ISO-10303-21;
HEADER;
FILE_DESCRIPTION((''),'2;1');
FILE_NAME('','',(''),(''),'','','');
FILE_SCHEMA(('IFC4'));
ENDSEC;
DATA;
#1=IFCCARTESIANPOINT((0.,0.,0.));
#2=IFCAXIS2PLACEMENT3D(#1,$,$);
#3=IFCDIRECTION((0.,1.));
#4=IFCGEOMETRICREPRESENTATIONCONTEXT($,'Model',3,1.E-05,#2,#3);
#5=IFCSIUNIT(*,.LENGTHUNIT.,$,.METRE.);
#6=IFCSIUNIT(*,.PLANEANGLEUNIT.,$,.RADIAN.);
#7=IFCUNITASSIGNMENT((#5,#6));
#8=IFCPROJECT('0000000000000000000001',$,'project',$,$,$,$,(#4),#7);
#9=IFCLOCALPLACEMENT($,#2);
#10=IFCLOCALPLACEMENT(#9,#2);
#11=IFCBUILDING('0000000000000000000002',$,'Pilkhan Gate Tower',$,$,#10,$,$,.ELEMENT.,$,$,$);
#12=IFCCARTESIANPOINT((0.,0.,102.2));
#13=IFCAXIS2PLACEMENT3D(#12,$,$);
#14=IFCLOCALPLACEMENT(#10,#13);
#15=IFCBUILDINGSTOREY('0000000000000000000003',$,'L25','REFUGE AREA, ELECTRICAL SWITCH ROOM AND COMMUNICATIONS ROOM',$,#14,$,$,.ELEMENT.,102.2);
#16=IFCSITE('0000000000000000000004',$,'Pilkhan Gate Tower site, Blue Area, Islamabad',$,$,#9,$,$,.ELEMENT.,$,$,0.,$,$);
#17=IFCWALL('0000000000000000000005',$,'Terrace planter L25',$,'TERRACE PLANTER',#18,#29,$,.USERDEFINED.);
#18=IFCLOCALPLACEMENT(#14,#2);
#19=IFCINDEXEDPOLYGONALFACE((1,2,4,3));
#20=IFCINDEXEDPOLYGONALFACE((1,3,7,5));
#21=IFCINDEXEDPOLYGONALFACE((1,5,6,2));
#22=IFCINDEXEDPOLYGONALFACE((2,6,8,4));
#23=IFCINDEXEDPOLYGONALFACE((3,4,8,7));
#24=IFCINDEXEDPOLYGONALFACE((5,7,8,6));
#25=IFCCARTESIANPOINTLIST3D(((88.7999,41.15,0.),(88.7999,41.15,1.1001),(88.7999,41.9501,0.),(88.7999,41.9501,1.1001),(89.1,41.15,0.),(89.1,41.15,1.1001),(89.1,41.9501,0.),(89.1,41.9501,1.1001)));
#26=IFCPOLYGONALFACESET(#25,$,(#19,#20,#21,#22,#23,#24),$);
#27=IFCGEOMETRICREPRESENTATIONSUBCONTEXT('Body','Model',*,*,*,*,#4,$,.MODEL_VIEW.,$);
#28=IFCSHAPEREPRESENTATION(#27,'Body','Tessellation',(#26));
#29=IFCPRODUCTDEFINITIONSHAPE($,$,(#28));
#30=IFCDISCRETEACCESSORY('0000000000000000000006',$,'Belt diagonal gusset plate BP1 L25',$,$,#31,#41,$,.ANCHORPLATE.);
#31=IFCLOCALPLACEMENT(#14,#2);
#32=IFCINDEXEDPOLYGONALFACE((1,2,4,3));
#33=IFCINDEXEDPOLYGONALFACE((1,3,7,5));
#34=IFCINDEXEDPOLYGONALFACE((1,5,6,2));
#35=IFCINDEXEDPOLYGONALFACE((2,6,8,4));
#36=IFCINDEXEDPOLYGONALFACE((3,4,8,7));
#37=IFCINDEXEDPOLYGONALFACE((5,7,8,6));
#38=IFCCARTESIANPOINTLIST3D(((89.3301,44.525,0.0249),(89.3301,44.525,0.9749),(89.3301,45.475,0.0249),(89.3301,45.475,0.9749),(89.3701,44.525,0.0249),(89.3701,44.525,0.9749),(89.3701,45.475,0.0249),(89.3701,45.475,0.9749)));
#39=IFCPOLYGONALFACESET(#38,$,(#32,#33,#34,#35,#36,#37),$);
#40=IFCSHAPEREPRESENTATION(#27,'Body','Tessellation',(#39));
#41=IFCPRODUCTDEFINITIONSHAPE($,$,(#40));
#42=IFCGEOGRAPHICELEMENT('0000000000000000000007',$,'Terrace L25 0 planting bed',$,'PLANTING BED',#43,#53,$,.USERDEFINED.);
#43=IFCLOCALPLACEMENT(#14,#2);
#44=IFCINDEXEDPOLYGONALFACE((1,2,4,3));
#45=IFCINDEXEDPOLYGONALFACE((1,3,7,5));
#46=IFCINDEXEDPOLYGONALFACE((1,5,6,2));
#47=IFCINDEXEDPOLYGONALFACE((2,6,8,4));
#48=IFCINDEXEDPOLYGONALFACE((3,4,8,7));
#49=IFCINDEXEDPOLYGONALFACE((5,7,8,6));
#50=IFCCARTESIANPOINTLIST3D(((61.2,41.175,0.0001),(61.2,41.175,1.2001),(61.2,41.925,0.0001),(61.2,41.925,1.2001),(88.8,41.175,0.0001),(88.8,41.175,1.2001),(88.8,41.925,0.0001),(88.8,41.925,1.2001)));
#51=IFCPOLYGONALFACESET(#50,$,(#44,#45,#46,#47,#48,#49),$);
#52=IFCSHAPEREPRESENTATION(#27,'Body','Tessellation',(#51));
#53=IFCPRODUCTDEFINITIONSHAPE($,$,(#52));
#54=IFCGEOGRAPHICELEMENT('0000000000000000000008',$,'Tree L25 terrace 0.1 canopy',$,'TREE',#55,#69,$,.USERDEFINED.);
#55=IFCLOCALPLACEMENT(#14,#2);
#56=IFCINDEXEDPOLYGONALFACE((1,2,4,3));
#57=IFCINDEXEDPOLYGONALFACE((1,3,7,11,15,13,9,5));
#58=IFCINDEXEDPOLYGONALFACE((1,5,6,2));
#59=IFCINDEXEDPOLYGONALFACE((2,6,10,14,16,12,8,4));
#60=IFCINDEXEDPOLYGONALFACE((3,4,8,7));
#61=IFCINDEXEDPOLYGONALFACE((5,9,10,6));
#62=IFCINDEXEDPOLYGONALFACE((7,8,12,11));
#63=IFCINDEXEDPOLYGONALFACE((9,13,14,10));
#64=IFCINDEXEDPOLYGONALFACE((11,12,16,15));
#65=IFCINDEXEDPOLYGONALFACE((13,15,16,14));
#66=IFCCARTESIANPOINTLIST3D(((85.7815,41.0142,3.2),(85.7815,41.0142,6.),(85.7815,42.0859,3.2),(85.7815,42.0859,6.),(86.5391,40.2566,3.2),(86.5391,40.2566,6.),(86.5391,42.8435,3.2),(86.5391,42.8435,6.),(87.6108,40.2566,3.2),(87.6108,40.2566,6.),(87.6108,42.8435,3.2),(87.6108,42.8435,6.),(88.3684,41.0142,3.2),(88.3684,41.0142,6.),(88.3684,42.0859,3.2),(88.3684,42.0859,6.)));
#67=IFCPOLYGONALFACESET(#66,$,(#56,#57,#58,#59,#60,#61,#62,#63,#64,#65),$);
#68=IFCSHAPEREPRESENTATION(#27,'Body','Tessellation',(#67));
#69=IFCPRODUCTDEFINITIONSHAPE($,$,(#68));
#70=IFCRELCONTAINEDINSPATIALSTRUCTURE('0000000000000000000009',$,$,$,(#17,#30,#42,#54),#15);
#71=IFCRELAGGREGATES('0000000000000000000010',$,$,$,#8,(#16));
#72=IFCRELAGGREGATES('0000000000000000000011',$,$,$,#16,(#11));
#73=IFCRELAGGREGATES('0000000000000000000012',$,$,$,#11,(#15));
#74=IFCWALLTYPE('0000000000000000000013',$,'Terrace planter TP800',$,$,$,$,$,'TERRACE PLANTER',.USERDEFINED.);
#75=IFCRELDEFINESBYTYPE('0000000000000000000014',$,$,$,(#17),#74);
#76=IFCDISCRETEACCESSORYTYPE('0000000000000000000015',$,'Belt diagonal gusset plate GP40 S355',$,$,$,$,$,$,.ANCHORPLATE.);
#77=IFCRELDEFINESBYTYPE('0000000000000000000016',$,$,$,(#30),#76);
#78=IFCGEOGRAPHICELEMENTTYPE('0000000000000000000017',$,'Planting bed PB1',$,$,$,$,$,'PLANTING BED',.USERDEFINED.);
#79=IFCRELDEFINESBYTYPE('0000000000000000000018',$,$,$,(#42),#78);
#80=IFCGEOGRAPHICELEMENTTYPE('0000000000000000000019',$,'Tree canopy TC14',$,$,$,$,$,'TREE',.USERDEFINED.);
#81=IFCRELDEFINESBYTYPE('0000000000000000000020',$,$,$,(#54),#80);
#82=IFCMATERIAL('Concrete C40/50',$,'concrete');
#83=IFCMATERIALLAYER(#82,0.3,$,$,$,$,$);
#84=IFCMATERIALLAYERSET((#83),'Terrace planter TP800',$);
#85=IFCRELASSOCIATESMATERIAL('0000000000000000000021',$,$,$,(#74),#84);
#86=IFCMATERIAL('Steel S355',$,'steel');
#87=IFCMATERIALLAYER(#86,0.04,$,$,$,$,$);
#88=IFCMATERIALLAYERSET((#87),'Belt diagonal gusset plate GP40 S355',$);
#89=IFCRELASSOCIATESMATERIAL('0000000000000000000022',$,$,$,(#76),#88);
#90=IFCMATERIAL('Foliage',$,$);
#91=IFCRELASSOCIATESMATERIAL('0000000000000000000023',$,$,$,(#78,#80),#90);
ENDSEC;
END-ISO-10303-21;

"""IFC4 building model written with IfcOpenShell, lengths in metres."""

from ifc_helpers import new_model, si_unit, direction, frame, frame_2d, origin, origin_2d, place, context, subcontext, project, spatial, polyline, rectangle, outline, extrude, material, layer, layer_set, material_profile, profile_set, type_object, element, save


model = new_model("IFC4")

# Units and contexts
model_context = context("Model", 3, precision=1e-05, world=origin(), true_north=direction((0.0, 1.0)))
body_context = subcontext(model_context, "Body", "Model", "MODEL_VIEW")
ifc_project = project(units=[si_unit("LENGTHUNIT", "METRE"), si_unit("PLANEANGLEUNIT", "RADIAN")], contexts=[model_context])

# Site, building, storey
site_placement = place(None, origin())
site = spatial("IfcSite", under=ifc_project, at=site_placement, Name="Pilkhan Gate Tower site, Blue Area, Islamabad", CompositionType="ELEMENT", RefElevation=0.0)
building_placement = place(site_placement, origin())
building = spatial("IfcBuilding", under=site, at=building_placement, Name="Pilkhan Gate Tower", CompositionType="ELEMENT")
storey_placement = place(building_placement, frame((0.0, 0.0, 102.2)))
storey = spatial("IfcBuildingStorey", under=building, at=storey_placement, Name="L25", Description="REFUGE AREA, ELECTRICAL SWITCH ROOM AND COMMUNICATIONS ROOM", CompositionType="ELEMENT", Elevation=102.2)

# Wall
ifc_material_1 = material(Name="Concrete C40/50", Category="concrete")
ifc_layer_1 = layer(ifc_material_1, 0.3)
ifc_layer_set_1 = layer_set([ifc_layer_1], Name="Terrace planter TP800")
wall_type_1 = type_object("IfcWallType", Name="Terrace planter TP800", ElementType="TERRACE PLANTER", PredefinedType="USERDEFINED", material=ifc_layer_set_1)
wall_1_placement = place(storey_placement, frame((88.95, 41.95, 0.0), z_axis=(0.0, 0.0, 1.0), x_axis=(0.0, -1.0, 0.0)))
element("IfcWall", 1, at=wall_1_placement, inside=storey, type_object=wall_type_1, Name="Terrace planter L25", ObjectType="TERRACE PLANTER", PredefinedType="USERDEFINED", context=body_context, shape_type="SweptSolid", body=[
    extrude(rectangle(XDim=0.8, YDim=0.3, at=frame_2d((0.3999, 0.0))), origin(), (0.0, 0.0, 1.0), 1.1001),
])

# Discrete accessory
ifc_material_2 = material(Name="Steel S355", Category="steel")
ifc_layer_2 = layer(ifc_material_2, 0.04)
ifc_layer_set_2 = layer_set([ifc_layer_2], Name="Belt diagonal gusset plate GP40 S355")
discrete_accessory_type = type_object("IfcDiscreteAccessoryType", Name="Belt diagonal gusset plate GP40 S355", PredefinedType="ANCHORPLATE", material=ifc_layer_set_2)
discrete_accessory_placement = place(storey_placement, frame((89.3501, 45.0, 0.0249), z_axis=(0.0, 0.0, 1.0), x_axis=(1.0, 0.0, 0.0)))
element("IfcDiscreteAccessory", 2, at=discrete_accessory_placement, inside=storey, type_object=discrete_accessory_type, Name="Belt diagonal gusset plate BP1 L25", PredefinedType="ANCHORPLATE", context=body_context, shape_type="SweptSolid", body=[
    extrude(rectangle(XDim=0.04, YDim=0.95, at=origin_2d()), origin(), (0.0, 0.0, 1.0), 0.95),
])

# Geographic elements
ifc_material_3 = material(Name="Foliage")
ifc_material_profile_1 = material_profile(ifc_material_3, rectangle(XDim=0.75, YDim=1.2, at=origin_2d()), Name="Bed 750x1200")
ifc_profile_set_1 = profile_set([ifc_material_profile_1], Name="Foliage")
geographic_element_type_1 = type_object("IfcGeographicElementType", Name="Planting bed PB1", ElementType="PLANTING BED", PredefinedType="USERDEFINED", material=ifc_profile_set_1)
geographic_element_1_placement = place(storey_placement, frame((88.8, 41.55, 0.6001), z_axis=(-1.0, 0.0, 0.0), x_axis=(0.0, -1.0, 0.0)))
element("IfcGeographicElement", 3, at=geographic_element_1_placement, inside=storey, type_object=geographic_element_type_1, Name="Terrace L25 0 planting bed", ObjectType="PLANTING BED", PredefinedType="USERDEFINED", context=body_context, shape_type="SweptSolid", body=[
    extrude(rectangle(XDim=0.75, YDim=1.2, at=origin_2d()), origin(), (0.0, 0.0, 1.0), 27.6001),
])
ifc_material_profile_2 = material_profile(ifc_material_3, outline(polyline([(1.2935, 0.5359), (0.5359, 1.2935), (-0.5359, 1.2935), (-1.2935, 0.5359), (-1.2935, -0.5359), (-0.5359, -1.2935), (0.5359, -1.2935), (1.2935, -0.5359), (1.2935, 0.5359)])), Name="Canopy D2.8")
ifc_profile_set_2 = profile_set([ifc_material_profile_2], Name="Foliage")
geographic_element_type_2 = type_object("IfcGeographicElementType", Name="Tree canopy TC14", ElementType="TREE", PredefinedType="USERDEFINED", material=ifc_profile_set_2)
geographic_element_2_placement = place(storey_placement, frame((87.075, 41.55, 3.2), z_axis=(0.0, 0.0, 1.0), x_axis=(1.0, 0.0, 0.0)))
element("IfcGeographicElement", 4, at=geographic_element_2_placement, inside=storey, type_object=geographic_element_type_2, Name="Tree L25 terrace 0.1 canopy", ObjectType="TREE", PredefinedType="USERDEFINED", context=body_context, shape_type="SweptSolid", body=[
    extrude(outline(polyline([(1.2935, 0.5359), (0.5359, 1.2935), (-0.5359, 1.2935), (-1.2935, 0.5359), (-1.2935, -0.5359), (-0.5359, -1.2935), (0.5359, -1.2935), (1.2935, -0.5359), (1.2935, 0.5359)])), origin(), (0.0, 0.0, 1.0), 2.8),
])

save(model, "model.ifc")
